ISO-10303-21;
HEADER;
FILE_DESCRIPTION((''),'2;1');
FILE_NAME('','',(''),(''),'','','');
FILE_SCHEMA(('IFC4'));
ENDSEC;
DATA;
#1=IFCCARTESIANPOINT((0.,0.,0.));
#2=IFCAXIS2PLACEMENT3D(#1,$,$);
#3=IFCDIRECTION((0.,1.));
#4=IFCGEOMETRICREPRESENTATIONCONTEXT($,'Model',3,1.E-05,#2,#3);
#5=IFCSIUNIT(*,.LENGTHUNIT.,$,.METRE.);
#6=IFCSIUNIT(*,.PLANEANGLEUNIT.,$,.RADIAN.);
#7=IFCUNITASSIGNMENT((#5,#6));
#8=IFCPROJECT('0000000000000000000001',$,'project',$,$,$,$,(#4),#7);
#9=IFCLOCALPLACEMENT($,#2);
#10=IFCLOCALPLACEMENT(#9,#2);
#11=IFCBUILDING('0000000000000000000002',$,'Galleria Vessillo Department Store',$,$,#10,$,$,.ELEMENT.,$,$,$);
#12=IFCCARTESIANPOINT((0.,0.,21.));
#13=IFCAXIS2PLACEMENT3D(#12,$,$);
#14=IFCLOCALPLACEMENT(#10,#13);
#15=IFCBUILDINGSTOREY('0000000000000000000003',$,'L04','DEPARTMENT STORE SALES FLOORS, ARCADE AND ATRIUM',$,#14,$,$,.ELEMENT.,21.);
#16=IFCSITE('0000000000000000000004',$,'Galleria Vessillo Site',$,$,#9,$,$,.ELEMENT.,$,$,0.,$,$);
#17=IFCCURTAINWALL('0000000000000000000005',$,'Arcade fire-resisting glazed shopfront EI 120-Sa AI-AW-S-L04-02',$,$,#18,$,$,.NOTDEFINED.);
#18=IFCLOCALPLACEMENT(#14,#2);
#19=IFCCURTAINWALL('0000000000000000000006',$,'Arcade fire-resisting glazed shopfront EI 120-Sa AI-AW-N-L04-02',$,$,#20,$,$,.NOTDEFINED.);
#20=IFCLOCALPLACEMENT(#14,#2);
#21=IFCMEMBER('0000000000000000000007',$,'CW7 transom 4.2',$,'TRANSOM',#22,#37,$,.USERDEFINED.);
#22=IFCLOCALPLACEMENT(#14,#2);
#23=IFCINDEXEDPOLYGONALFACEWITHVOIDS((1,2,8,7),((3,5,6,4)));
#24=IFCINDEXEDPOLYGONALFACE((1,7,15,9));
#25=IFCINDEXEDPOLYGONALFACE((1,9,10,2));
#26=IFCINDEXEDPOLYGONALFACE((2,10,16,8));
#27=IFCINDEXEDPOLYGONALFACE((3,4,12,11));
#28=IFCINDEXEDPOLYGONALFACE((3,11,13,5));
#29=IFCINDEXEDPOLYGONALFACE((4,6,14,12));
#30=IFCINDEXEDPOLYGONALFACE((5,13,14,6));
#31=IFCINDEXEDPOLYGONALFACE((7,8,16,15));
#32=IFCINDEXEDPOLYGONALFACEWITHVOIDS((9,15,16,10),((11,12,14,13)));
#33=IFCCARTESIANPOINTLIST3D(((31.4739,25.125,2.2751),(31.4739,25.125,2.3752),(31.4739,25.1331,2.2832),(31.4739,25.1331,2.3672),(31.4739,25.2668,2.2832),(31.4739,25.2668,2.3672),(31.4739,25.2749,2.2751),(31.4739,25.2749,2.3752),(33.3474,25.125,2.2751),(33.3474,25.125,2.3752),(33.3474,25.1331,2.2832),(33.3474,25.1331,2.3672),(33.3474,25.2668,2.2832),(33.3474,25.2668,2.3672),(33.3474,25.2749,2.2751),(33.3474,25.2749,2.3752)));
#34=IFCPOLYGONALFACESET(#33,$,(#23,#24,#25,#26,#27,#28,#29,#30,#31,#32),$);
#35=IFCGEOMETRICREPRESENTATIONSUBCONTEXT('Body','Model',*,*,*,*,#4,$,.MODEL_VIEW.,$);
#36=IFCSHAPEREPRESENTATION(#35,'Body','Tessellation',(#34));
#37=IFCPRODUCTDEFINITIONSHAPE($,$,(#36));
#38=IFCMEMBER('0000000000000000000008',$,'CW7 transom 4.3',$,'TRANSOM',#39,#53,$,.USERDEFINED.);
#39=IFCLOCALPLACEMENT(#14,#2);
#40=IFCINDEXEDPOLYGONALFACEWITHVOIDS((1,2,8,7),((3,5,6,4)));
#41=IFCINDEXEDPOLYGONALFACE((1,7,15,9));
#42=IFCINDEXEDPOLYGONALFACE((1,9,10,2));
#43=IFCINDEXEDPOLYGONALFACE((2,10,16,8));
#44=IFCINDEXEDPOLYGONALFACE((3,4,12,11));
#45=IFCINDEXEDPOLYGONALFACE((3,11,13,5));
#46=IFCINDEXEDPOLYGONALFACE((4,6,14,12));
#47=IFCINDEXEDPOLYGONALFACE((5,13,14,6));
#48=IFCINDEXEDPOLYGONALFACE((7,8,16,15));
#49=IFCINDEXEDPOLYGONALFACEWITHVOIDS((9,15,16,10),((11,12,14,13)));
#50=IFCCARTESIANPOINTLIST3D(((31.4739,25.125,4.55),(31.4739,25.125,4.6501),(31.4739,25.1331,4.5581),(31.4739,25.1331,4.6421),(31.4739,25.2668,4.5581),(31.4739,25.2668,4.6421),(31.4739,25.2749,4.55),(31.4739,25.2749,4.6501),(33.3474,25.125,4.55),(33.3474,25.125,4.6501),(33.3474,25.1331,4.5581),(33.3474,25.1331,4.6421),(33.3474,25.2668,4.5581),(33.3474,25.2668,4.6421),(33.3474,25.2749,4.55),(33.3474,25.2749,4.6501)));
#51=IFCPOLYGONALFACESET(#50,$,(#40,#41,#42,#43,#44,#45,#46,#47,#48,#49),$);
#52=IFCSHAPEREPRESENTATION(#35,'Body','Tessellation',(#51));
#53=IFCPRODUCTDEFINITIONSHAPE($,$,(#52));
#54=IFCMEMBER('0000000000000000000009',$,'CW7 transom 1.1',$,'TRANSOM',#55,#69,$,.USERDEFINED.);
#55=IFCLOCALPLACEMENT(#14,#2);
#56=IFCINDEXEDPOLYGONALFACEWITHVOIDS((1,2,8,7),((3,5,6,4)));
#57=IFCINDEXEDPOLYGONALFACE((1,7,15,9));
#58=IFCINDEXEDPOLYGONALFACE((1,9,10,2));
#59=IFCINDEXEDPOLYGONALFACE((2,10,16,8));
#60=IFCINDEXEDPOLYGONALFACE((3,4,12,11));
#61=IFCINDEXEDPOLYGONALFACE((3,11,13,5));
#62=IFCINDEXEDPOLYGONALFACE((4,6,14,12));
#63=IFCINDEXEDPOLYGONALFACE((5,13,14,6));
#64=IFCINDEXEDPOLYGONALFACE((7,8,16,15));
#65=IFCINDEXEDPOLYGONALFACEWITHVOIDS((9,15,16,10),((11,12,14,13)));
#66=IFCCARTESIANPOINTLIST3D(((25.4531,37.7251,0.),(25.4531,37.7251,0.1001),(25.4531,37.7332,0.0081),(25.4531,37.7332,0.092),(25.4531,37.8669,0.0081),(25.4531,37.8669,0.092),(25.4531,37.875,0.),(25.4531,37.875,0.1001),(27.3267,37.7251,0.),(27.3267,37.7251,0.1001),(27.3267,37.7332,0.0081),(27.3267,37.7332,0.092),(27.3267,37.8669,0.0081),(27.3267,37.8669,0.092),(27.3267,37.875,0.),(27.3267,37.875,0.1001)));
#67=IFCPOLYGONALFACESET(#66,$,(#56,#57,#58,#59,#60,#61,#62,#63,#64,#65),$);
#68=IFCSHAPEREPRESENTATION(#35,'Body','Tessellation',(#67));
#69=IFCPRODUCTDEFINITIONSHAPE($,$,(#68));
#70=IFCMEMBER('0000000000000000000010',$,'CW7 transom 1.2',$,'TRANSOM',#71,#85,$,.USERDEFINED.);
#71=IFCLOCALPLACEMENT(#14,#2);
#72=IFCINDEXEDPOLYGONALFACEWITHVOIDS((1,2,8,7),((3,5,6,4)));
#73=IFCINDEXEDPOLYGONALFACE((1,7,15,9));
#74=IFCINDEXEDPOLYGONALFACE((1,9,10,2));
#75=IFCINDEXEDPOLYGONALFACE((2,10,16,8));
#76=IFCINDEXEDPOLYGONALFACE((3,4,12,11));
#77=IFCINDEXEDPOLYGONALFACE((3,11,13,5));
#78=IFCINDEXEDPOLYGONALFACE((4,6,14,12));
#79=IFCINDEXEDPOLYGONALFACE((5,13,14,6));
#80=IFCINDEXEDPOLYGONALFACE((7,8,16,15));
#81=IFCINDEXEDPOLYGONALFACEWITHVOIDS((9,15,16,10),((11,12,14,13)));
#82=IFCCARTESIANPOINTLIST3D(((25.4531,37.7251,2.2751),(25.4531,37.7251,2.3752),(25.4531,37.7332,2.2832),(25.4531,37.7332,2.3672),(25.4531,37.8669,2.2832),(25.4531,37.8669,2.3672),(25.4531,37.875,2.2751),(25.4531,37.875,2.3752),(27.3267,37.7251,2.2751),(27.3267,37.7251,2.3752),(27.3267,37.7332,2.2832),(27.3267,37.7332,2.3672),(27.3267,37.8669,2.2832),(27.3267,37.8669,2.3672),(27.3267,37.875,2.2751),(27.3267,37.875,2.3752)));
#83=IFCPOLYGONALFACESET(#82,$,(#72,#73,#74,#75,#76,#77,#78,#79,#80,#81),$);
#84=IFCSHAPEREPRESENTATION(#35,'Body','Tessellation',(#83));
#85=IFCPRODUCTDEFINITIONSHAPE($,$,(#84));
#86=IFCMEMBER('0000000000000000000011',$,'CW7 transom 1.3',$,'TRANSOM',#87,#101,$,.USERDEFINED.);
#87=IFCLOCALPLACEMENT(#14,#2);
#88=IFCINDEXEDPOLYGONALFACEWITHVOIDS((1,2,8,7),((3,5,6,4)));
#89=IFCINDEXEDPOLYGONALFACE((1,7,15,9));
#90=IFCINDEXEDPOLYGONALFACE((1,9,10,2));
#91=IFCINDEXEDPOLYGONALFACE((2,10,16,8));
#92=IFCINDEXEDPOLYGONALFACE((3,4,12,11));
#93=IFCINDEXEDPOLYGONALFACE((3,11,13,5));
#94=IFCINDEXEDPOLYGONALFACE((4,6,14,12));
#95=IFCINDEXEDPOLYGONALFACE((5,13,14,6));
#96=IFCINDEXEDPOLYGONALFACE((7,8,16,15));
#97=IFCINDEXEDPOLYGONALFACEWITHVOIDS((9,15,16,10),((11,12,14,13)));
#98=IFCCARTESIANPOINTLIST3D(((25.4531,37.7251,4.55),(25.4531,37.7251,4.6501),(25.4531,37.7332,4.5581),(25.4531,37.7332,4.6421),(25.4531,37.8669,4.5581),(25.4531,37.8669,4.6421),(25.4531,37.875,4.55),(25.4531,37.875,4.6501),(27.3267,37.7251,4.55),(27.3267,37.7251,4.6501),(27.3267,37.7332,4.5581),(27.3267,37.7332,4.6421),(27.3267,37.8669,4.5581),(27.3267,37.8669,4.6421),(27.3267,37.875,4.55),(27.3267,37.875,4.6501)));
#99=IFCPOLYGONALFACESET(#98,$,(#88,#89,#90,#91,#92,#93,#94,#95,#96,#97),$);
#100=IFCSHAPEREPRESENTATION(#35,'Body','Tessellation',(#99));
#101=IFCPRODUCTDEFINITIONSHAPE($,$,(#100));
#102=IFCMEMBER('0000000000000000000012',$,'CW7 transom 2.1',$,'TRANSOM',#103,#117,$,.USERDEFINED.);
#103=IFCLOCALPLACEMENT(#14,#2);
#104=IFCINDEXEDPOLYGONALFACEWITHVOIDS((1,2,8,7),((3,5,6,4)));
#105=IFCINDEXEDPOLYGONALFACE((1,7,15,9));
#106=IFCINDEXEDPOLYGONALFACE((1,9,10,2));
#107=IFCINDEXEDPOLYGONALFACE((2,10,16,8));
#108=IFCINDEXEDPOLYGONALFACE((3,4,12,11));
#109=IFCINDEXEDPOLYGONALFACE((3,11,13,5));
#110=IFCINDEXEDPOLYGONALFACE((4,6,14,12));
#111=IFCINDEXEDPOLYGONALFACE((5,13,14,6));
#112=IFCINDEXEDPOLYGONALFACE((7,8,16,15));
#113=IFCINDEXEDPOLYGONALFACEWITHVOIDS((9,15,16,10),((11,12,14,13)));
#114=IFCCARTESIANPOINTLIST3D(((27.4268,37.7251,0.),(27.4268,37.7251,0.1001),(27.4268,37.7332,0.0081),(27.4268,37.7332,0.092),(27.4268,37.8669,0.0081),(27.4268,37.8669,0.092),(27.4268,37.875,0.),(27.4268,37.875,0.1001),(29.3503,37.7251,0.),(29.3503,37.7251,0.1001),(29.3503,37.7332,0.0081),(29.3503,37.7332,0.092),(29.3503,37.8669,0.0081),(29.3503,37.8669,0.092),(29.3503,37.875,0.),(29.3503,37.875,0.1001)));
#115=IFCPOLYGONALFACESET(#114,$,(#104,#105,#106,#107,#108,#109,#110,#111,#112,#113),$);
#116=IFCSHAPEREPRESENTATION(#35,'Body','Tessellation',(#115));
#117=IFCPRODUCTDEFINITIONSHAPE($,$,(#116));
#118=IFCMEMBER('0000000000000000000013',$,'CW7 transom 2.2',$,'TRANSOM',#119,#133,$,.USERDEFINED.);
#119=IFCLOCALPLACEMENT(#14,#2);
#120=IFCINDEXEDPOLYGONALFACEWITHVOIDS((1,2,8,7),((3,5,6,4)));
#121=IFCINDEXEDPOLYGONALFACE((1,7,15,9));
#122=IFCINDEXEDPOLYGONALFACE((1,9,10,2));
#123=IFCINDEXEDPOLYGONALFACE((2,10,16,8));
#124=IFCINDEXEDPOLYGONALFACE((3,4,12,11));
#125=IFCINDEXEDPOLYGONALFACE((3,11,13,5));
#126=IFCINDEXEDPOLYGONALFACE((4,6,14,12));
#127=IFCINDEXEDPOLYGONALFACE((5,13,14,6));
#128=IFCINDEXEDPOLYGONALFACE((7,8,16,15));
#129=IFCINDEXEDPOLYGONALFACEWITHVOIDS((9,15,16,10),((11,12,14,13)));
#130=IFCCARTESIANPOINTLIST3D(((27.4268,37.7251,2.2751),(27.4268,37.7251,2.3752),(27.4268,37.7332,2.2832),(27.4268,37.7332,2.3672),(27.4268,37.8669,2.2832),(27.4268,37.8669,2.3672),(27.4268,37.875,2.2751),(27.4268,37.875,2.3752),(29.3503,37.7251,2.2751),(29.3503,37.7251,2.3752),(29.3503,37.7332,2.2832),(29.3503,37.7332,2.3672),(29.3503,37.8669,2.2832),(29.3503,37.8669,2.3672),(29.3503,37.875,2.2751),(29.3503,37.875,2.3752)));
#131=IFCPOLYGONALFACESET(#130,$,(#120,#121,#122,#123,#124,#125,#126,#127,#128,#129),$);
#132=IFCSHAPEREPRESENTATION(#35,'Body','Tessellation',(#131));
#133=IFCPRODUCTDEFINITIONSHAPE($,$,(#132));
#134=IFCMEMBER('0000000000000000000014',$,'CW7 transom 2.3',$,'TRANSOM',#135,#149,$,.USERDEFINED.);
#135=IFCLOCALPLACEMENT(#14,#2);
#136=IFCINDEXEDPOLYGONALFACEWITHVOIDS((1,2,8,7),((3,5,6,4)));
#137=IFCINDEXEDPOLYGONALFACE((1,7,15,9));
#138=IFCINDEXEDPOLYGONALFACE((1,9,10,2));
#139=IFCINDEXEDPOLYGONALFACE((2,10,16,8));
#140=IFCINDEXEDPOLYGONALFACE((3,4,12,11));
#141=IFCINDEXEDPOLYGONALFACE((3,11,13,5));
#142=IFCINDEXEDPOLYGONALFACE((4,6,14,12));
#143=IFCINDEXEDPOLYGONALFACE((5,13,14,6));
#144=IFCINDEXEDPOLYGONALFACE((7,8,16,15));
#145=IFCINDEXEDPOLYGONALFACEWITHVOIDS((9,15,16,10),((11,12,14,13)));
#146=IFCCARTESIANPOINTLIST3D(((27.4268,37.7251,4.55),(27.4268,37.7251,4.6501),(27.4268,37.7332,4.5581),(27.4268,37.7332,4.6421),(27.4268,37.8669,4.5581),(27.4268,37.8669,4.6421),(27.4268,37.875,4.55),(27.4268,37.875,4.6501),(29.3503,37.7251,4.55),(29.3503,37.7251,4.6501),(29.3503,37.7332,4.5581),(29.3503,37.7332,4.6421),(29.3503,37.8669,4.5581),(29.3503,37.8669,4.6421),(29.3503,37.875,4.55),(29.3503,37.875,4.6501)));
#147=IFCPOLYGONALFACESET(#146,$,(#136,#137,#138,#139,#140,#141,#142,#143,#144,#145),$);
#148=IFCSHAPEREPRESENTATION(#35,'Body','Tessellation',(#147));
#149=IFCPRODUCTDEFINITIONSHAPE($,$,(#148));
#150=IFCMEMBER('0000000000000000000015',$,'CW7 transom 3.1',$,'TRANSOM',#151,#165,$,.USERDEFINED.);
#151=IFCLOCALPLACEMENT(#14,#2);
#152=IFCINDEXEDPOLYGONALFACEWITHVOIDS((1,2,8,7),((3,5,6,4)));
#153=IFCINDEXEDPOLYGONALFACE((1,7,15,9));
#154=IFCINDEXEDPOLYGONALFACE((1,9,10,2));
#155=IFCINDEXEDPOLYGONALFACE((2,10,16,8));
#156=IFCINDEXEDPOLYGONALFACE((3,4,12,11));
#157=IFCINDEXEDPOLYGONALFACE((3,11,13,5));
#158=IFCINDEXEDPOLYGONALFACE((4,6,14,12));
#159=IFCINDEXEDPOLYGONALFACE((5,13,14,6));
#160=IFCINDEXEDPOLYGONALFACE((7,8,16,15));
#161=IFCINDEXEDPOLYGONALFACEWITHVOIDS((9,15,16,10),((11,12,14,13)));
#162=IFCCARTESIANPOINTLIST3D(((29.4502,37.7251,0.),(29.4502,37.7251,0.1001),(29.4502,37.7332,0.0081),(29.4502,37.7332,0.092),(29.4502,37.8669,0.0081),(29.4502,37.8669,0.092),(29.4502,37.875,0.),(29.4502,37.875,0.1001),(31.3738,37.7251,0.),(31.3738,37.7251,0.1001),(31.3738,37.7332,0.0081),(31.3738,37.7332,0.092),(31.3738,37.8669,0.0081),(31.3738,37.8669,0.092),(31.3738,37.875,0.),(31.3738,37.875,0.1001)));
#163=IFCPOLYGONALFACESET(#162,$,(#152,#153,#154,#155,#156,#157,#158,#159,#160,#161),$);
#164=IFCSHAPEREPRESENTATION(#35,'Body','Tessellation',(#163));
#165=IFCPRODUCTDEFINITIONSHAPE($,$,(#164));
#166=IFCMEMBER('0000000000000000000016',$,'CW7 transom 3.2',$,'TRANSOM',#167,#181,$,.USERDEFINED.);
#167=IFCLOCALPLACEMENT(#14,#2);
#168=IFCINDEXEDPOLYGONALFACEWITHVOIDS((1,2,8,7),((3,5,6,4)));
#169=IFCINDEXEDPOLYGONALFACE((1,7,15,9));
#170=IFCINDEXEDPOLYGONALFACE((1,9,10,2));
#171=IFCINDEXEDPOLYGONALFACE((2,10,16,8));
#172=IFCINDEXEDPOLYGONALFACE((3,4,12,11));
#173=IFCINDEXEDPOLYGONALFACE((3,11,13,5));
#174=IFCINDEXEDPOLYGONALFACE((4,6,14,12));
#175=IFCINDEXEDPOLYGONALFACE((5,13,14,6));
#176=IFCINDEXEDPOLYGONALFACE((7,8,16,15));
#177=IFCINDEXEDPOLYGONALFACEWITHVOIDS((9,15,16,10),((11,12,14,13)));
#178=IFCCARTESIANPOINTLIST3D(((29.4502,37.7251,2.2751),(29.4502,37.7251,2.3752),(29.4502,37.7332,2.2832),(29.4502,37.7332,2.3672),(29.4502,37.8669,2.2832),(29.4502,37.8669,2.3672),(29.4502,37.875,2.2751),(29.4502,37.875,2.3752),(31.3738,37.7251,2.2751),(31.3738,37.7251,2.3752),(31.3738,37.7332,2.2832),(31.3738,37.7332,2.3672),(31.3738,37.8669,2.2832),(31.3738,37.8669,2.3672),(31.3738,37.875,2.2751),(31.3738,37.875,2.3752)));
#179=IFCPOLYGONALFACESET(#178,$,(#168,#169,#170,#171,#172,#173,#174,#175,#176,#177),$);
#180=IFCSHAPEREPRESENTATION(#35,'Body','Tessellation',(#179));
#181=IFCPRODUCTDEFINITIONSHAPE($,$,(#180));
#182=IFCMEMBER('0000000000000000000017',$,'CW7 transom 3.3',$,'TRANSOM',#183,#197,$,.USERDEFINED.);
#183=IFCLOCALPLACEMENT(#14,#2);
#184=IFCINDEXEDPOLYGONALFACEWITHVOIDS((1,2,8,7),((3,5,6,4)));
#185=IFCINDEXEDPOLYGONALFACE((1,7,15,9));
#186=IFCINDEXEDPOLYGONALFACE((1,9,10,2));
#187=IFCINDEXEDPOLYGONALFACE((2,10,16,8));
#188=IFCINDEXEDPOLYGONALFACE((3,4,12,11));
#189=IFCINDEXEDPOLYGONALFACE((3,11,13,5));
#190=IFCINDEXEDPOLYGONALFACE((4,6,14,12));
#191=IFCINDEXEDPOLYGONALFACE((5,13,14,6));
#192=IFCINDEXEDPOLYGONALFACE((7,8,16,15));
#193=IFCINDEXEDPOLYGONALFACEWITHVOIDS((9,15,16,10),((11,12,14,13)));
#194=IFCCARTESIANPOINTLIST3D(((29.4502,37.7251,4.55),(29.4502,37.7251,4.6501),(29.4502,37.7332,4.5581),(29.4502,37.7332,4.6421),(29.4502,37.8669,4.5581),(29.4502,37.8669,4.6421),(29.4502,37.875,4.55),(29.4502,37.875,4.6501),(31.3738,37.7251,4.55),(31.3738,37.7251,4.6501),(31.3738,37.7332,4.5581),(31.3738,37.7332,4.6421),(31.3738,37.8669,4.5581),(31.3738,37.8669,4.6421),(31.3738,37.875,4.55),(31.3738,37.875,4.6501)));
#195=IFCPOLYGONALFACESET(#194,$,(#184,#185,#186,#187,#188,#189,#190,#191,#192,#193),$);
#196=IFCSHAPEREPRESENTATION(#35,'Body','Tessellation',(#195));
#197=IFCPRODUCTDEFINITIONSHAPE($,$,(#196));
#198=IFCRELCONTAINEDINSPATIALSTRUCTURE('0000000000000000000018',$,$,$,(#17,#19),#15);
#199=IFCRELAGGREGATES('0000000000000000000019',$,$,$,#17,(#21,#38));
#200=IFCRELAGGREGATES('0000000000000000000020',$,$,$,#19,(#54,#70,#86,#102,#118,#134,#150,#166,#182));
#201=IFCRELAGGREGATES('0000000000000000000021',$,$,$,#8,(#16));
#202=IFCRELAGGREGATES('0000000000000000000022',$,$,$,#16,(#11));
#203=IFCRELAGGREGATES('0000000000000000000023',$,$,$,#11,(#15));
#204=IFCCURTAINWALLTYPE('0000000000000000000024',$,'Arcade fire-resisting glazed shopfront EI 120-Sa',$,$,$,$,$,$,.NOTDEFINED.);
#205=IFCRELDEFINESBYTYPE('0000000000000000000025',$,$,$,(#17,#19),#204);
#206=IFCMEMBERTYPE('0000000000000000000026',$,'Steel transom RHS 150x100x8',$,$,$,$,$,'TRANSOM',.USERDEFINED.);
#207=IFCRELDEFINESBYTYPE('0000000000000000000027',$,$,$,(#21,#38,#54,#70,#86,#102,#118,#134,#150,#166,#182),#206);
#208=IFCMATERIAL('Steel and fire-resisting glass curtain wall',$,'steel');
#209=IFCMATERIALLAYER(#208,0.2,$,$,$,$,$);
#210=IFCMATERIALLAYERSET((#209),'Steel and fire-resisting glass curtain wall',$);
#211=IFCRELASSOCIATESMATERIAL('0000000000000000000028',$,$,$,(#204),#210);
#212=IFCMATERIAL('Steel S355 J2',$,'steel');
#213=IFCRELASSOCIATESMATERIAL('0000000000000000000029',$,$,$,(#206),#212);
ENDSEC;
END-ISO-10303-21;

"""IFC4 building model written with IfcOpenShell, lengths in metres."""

from ifc_helpers import new_model, si_unit, direction, frame, origin, origin_2d, place, context, subcontext, project, spatial, hollow_rectangle, extrude, material, layer, layer_set, material_profile, profile_set, type_object, element, aggregate, save


model = new_model("IFC4")

# Units and contexts
model_context = context("Model", 3, precision=1e-05, world=origin(), true_north=direction((0.0, 1.0)))
body_context = subcontext(model_context, "Body", "Model", "MODEL_VIEW")
ifc_project = project(units=[si_unit("LENGTHUNIT", "METRE"), si_unit("PLANEANGLEUNIT", "RADIAN")], contexts=[model_context])

# Site, building, storey
site_placement = place(None, origin())
site = spatial("IfcSite", under=ifc_project, at=site_placement, Name="Galleria Vessillo Site", CompositionType="ELEMENT", RefElevation=0.0)
building_placement = place(site_placement, origin())
building = spatial("IfcBuilding", under=site, at=building_placement, Name="Galleria Vessillo Department Store", CompositionType="ELEMENT")
storey_placement = place(building_placement, frame((0.0, 0.0, 21.0)))
storey = spatial("IfcBuildingStorey", under=building, at=storey_placement, Name="L04", Description="DEPARTMENT STORE SALES FLOORS, ARCADE AND ATRIUM", CompositionType="ELEMENT", Elevation=21.0)

# Curtain walls
ifc_material_1 = material(Name="Steel and fire-resisting glass curtain wall", Category="steel")
ifc_layer_1 = layer(ifc_material_1, 0.2)
ifc_layer_set_1 = layer_set([ifc_layer_1], Name="Steel and fire-resisting glass curtain wall")
curtain_wall_type = type_object("IfcCurtainWallType", Name="Arcade fire-resisting glazed shopfront EI 120-Sa", PredefinedType="NOTDEFINED", material=ifc_layer_set_1)
curtain_wall_1_placement = place(storey_placement, origin())
curtain_wall_1 = element("IfcCurtainWall", 1, at=curtain_wall_1_placement, inside=storey, type_object=curtain_wall_type, Name="Arcade fire-resisting glazed shopfront EI 120-Sa AI-AW-S-L04-02", PredefinedType="NOTDEFINED")
curtain_wall_2_placement = place(storey_placement, origin())
curtain_wall_2 = element("IfcCurtainWall", 2, at=curtain_wall_2_placement, inside=storey, type_object=curtain_wall_type, Name="Arcade fire-resisting glazed shopfront EI 120-Sa AI-AW-N-L04-02", PredefinedType="NOTDEFINED")

# Members
ifc_material_2 = material(Name="Steel S355 J2", Category="steel")
ifc_material_profile_1 = material_profile(ifc_material_2, hollow_rectangle(XDim=0.1499, YDim=0.1001, WallThickness=0.0081, at=origin_2d()), Name="RHS 150x100x8")
ifc_profile_set_1 = profile_set([ifc_material_profile_1], Name="Steel S355 J2")
member_type_1 = type_object("IfcMemberType", Name="Steel transom RHS 150x100x8", ElementType="TRANSOM", PredefinedType="USERDEFINED", material=ifc_profile_set_1)
member_1_placement = place(storey_placement, frame((31.4739, 25.2, 2.3252), z_axis=(1.0, 0.0, 0.0), x_axis=(0.0, 1.0, 0.0)))
member_1 = element("IfcMember", 3, at=member_1_placement, type_object=member_type_1, Name="CW7 transom 4.2", ObjectType="TRANSOM", PredefinedType="USERDEFINED", context=body_context, shape_type="SweptSolid", body=[
    extrude(hollow_rectangle(XDim=0.1499, YDim=0.1001, WallThickness=0.0081, at=origin_2d()), origin(), (0.0, 0.0, 1.0), 1.8735),
])
member_2_placement = place(storey_placement, frame((31.4739, 25.2, 4.6001), z_axis=(1.0, 0.0, 0.0), x_axis=(0.0, 1.0, 0.0)))
member_2 = element("IfcMember", 4, at=member_2_placement, type_object=member_type_1, Name="CW7 transom 4.3", ObjectType="TRANSOM", PredefinedType="USERDEFINED", context=body_context, shape_type="SweptSolid", body=[
    extrude(hollow_rectangle(XDim=0.1499, YDim=0.1001, WallThickness=0.0081, at=origin_2d()), origin(), (0.0, 0.0, 1.0), 1.8735),
])
member_3_placement = place(storey_placement, frame((25.4531, 37.8, 0.05), z_axis=(1.0, 0.0, 0.0), x_axis=(0.0, 1.0, 0.0)))
member_3 = element("IfcMember", 5, at=member_3_placement, type_object=member_type_1, Name="CW7 transom 1.1", ObjectType="TRANSOM", PredefinedType="USERDEFINED", context=body_context, shape_type="SweptSolid", body=[
    extrude(hollow_rectangle(XDim=0.1499, YDim=0.1001, WallThickness=0.0081, at=origin_2d()), origin(), (0.0, 0.0, 1.0), 1.8735),
])
member_4_placement = place(storey_placement, frame((25.4531, 37.8, 2.3252), z_axis=(1.0, 0.0, 0.0), x_axis=(0.0, 1.0, 0.0)))
member_4 = element("IfcMember", 6, at=member_4_placement, type_object=member_type_1, Name="CW7 transom 1.2", ObjectType="TRANSOM", PredefinedType="USERDEFINED", context=body_context, shape_type="SweptSolid", body=[
    extrude(hollow_rectangle(XDim=0.1499, YDim=0.1001, WallThickness=0.0081, at=origin_2d()), origin(), (0.0, 0.0, 1.0), 1.8735),
])
member_5_placement = place(storey_placement, frame((25.4531, 37.8, 4.6001), z_axis=(1.0, 0.0, 0.0), x_axis=(0.0, 1.0, 0.0)))
member_5 = element("IfcMember", 7, at=member_5_placement, type_object=member_type_1, Name="CW7 transom 1.3", ObjectType="TRANSOM", PredefinedType="USERDEFINED", context=body_context, shape_type="SweptSolid", body=[
    extrude(hollow_rectangle(XDim=0.1499, YDim=0.1001, WallThickness=0.0081, at=origin_2d()), origin(), (0.0, 0.0, 1.0), 1.8735),
])
member_6_placement = place(storey_placement, frame((27.4268, 37.8, 0.05), z_axis=(1.0, 0.0, 0.0), x_axis=(0.0, 1.0, 0.0)))
member_6 = element("IfcMember", 8, at=member_6_placement, type_object=member_type_1, Name="CW7 transom 2.1", ObjectType="TRANSOM", PredefinedType="USERDEFINED", context=body_context, shape_type="SweptSolid", body=[
    extrude(hollow_rectangle(XDim=0.1499, YDim=0.1001, WallThickness=0.0081, at=origin_2d()), origin(), (0.0, 0.0, 1.0), 1.9236),
])
member_7_placement = place(storey_placement, frame((27.4268, 37.8, 2.3252), z_axis=(1.0, 0.0, 0.0), x_axis=(0.0, 1.0, 0.0)))
member_7 = element("IfcMember", 9, at=member_7_placement, type_object=member_type_1, Name="CW7 transom 2.2", ObjectType="TRANSOM", PredefinedType="USERDEFINED", context=body_context, shape_type="SweptSolid", body=[
    extrude(hollow_rectangle(XDim=0.1499, YDim=0.1001, WallThickness=0.0081, at=origin_2d()), origin(), (0.0, 0.0, 1.0), 1.9236),
])
member_8_placement = place(storey_placement, frame((27.4268, 37.8, 4.6001), z_axis=(1.0, 0.0, 0.0), x_axis=(0.0, 1.0, 0.0)))
member_8 = element("IfcMember", 10, at=member_8_placement, type_object=member_type_1, Name="CW7 transom 2.3", ObjectType="TRANSOM", PredefinedType="USERDEFINED", context=body_context, shape_type="SweptSolid", body=[
    extrude(hollow_rectangle(XDim=0.1499, YDim=0.1001, WallThickness=0.0081, at=origin_2d()), origin(), (0.0, 0.0, 1.0), 1.9236),
])
member_9_placement = place(storey_placement, frame((29.4502, 37.8, 0.05), z_axis=(1.0, 0.0, 0.0), x_axis=(0.0, 1.0, 0.0)))
member_9 = element("IfcMember", 11, at=member_9_placement, type_object=member_type_1, Name="CW7 transom 3.1", ObjectType="TRANSOM", PredefinedType="USERDEFINED", context=body_context, shape_type="SweptSolid", body=[
    extrude(hollow_rectangle(XDim=0.1499, YDim=0.1001, WallThickness=0.0081, at=origin_2d()), origin(), (0.0, 0.0, 1.0), 1.9236),
])
member_10_placement = place(storey_placement, frame((29.4502, 37.8, 2.3252), z_axis=(1.0, 0.0, 0.0), x_axis=(0.0, 1.0, 0.0)))
member_10 = element("IfcMember", 12, at=member_10_placement, type_object=member_type_1, Name="CW7 transom 3.2", ObjectType="TRANSOM", PredefinedType="USERDEFINED", context=body_context, shape_type="SweptSolid", body=[
    extrude(hollow_rectangle(XDim=0.1499, YDim=0.1001, WallThickness=0.0081, at=origin_2d()), origin(), (0.0, 0.0, 1.0), 1.9236),
])
member_11_placement = place(storey_placement, frame((29.4502, 37.8, 4.6001), z_axis=(1.0, 0.0, 0.0), x_axis=(0.0, 1.0, 0.0)))
member_11 = element("IfcMember", 13, at=member_11_placement, type_object=member_type_1, Name="CW7 transom 3.3", ObjectType="TRANSOM", PredefinedType="USERDEFINED", context=body_context, shape_type="SweptSolid", body=[
    extrude(hollow_rectangle(XDim=0.1499, YDim=0.1001, WallThickness=0.0081, at=origin_2d()), origin(), (0.0, 0.0, 1.0), 1.9236),
])

aggregate(curtain_wall_1, [member_1, member_2])
aggregate(curtain_wall_2, [member_3, member_4, member_5, member_6, member_7, member_8, member_9, member_10, member_11])

save(model, "model.ifc")
